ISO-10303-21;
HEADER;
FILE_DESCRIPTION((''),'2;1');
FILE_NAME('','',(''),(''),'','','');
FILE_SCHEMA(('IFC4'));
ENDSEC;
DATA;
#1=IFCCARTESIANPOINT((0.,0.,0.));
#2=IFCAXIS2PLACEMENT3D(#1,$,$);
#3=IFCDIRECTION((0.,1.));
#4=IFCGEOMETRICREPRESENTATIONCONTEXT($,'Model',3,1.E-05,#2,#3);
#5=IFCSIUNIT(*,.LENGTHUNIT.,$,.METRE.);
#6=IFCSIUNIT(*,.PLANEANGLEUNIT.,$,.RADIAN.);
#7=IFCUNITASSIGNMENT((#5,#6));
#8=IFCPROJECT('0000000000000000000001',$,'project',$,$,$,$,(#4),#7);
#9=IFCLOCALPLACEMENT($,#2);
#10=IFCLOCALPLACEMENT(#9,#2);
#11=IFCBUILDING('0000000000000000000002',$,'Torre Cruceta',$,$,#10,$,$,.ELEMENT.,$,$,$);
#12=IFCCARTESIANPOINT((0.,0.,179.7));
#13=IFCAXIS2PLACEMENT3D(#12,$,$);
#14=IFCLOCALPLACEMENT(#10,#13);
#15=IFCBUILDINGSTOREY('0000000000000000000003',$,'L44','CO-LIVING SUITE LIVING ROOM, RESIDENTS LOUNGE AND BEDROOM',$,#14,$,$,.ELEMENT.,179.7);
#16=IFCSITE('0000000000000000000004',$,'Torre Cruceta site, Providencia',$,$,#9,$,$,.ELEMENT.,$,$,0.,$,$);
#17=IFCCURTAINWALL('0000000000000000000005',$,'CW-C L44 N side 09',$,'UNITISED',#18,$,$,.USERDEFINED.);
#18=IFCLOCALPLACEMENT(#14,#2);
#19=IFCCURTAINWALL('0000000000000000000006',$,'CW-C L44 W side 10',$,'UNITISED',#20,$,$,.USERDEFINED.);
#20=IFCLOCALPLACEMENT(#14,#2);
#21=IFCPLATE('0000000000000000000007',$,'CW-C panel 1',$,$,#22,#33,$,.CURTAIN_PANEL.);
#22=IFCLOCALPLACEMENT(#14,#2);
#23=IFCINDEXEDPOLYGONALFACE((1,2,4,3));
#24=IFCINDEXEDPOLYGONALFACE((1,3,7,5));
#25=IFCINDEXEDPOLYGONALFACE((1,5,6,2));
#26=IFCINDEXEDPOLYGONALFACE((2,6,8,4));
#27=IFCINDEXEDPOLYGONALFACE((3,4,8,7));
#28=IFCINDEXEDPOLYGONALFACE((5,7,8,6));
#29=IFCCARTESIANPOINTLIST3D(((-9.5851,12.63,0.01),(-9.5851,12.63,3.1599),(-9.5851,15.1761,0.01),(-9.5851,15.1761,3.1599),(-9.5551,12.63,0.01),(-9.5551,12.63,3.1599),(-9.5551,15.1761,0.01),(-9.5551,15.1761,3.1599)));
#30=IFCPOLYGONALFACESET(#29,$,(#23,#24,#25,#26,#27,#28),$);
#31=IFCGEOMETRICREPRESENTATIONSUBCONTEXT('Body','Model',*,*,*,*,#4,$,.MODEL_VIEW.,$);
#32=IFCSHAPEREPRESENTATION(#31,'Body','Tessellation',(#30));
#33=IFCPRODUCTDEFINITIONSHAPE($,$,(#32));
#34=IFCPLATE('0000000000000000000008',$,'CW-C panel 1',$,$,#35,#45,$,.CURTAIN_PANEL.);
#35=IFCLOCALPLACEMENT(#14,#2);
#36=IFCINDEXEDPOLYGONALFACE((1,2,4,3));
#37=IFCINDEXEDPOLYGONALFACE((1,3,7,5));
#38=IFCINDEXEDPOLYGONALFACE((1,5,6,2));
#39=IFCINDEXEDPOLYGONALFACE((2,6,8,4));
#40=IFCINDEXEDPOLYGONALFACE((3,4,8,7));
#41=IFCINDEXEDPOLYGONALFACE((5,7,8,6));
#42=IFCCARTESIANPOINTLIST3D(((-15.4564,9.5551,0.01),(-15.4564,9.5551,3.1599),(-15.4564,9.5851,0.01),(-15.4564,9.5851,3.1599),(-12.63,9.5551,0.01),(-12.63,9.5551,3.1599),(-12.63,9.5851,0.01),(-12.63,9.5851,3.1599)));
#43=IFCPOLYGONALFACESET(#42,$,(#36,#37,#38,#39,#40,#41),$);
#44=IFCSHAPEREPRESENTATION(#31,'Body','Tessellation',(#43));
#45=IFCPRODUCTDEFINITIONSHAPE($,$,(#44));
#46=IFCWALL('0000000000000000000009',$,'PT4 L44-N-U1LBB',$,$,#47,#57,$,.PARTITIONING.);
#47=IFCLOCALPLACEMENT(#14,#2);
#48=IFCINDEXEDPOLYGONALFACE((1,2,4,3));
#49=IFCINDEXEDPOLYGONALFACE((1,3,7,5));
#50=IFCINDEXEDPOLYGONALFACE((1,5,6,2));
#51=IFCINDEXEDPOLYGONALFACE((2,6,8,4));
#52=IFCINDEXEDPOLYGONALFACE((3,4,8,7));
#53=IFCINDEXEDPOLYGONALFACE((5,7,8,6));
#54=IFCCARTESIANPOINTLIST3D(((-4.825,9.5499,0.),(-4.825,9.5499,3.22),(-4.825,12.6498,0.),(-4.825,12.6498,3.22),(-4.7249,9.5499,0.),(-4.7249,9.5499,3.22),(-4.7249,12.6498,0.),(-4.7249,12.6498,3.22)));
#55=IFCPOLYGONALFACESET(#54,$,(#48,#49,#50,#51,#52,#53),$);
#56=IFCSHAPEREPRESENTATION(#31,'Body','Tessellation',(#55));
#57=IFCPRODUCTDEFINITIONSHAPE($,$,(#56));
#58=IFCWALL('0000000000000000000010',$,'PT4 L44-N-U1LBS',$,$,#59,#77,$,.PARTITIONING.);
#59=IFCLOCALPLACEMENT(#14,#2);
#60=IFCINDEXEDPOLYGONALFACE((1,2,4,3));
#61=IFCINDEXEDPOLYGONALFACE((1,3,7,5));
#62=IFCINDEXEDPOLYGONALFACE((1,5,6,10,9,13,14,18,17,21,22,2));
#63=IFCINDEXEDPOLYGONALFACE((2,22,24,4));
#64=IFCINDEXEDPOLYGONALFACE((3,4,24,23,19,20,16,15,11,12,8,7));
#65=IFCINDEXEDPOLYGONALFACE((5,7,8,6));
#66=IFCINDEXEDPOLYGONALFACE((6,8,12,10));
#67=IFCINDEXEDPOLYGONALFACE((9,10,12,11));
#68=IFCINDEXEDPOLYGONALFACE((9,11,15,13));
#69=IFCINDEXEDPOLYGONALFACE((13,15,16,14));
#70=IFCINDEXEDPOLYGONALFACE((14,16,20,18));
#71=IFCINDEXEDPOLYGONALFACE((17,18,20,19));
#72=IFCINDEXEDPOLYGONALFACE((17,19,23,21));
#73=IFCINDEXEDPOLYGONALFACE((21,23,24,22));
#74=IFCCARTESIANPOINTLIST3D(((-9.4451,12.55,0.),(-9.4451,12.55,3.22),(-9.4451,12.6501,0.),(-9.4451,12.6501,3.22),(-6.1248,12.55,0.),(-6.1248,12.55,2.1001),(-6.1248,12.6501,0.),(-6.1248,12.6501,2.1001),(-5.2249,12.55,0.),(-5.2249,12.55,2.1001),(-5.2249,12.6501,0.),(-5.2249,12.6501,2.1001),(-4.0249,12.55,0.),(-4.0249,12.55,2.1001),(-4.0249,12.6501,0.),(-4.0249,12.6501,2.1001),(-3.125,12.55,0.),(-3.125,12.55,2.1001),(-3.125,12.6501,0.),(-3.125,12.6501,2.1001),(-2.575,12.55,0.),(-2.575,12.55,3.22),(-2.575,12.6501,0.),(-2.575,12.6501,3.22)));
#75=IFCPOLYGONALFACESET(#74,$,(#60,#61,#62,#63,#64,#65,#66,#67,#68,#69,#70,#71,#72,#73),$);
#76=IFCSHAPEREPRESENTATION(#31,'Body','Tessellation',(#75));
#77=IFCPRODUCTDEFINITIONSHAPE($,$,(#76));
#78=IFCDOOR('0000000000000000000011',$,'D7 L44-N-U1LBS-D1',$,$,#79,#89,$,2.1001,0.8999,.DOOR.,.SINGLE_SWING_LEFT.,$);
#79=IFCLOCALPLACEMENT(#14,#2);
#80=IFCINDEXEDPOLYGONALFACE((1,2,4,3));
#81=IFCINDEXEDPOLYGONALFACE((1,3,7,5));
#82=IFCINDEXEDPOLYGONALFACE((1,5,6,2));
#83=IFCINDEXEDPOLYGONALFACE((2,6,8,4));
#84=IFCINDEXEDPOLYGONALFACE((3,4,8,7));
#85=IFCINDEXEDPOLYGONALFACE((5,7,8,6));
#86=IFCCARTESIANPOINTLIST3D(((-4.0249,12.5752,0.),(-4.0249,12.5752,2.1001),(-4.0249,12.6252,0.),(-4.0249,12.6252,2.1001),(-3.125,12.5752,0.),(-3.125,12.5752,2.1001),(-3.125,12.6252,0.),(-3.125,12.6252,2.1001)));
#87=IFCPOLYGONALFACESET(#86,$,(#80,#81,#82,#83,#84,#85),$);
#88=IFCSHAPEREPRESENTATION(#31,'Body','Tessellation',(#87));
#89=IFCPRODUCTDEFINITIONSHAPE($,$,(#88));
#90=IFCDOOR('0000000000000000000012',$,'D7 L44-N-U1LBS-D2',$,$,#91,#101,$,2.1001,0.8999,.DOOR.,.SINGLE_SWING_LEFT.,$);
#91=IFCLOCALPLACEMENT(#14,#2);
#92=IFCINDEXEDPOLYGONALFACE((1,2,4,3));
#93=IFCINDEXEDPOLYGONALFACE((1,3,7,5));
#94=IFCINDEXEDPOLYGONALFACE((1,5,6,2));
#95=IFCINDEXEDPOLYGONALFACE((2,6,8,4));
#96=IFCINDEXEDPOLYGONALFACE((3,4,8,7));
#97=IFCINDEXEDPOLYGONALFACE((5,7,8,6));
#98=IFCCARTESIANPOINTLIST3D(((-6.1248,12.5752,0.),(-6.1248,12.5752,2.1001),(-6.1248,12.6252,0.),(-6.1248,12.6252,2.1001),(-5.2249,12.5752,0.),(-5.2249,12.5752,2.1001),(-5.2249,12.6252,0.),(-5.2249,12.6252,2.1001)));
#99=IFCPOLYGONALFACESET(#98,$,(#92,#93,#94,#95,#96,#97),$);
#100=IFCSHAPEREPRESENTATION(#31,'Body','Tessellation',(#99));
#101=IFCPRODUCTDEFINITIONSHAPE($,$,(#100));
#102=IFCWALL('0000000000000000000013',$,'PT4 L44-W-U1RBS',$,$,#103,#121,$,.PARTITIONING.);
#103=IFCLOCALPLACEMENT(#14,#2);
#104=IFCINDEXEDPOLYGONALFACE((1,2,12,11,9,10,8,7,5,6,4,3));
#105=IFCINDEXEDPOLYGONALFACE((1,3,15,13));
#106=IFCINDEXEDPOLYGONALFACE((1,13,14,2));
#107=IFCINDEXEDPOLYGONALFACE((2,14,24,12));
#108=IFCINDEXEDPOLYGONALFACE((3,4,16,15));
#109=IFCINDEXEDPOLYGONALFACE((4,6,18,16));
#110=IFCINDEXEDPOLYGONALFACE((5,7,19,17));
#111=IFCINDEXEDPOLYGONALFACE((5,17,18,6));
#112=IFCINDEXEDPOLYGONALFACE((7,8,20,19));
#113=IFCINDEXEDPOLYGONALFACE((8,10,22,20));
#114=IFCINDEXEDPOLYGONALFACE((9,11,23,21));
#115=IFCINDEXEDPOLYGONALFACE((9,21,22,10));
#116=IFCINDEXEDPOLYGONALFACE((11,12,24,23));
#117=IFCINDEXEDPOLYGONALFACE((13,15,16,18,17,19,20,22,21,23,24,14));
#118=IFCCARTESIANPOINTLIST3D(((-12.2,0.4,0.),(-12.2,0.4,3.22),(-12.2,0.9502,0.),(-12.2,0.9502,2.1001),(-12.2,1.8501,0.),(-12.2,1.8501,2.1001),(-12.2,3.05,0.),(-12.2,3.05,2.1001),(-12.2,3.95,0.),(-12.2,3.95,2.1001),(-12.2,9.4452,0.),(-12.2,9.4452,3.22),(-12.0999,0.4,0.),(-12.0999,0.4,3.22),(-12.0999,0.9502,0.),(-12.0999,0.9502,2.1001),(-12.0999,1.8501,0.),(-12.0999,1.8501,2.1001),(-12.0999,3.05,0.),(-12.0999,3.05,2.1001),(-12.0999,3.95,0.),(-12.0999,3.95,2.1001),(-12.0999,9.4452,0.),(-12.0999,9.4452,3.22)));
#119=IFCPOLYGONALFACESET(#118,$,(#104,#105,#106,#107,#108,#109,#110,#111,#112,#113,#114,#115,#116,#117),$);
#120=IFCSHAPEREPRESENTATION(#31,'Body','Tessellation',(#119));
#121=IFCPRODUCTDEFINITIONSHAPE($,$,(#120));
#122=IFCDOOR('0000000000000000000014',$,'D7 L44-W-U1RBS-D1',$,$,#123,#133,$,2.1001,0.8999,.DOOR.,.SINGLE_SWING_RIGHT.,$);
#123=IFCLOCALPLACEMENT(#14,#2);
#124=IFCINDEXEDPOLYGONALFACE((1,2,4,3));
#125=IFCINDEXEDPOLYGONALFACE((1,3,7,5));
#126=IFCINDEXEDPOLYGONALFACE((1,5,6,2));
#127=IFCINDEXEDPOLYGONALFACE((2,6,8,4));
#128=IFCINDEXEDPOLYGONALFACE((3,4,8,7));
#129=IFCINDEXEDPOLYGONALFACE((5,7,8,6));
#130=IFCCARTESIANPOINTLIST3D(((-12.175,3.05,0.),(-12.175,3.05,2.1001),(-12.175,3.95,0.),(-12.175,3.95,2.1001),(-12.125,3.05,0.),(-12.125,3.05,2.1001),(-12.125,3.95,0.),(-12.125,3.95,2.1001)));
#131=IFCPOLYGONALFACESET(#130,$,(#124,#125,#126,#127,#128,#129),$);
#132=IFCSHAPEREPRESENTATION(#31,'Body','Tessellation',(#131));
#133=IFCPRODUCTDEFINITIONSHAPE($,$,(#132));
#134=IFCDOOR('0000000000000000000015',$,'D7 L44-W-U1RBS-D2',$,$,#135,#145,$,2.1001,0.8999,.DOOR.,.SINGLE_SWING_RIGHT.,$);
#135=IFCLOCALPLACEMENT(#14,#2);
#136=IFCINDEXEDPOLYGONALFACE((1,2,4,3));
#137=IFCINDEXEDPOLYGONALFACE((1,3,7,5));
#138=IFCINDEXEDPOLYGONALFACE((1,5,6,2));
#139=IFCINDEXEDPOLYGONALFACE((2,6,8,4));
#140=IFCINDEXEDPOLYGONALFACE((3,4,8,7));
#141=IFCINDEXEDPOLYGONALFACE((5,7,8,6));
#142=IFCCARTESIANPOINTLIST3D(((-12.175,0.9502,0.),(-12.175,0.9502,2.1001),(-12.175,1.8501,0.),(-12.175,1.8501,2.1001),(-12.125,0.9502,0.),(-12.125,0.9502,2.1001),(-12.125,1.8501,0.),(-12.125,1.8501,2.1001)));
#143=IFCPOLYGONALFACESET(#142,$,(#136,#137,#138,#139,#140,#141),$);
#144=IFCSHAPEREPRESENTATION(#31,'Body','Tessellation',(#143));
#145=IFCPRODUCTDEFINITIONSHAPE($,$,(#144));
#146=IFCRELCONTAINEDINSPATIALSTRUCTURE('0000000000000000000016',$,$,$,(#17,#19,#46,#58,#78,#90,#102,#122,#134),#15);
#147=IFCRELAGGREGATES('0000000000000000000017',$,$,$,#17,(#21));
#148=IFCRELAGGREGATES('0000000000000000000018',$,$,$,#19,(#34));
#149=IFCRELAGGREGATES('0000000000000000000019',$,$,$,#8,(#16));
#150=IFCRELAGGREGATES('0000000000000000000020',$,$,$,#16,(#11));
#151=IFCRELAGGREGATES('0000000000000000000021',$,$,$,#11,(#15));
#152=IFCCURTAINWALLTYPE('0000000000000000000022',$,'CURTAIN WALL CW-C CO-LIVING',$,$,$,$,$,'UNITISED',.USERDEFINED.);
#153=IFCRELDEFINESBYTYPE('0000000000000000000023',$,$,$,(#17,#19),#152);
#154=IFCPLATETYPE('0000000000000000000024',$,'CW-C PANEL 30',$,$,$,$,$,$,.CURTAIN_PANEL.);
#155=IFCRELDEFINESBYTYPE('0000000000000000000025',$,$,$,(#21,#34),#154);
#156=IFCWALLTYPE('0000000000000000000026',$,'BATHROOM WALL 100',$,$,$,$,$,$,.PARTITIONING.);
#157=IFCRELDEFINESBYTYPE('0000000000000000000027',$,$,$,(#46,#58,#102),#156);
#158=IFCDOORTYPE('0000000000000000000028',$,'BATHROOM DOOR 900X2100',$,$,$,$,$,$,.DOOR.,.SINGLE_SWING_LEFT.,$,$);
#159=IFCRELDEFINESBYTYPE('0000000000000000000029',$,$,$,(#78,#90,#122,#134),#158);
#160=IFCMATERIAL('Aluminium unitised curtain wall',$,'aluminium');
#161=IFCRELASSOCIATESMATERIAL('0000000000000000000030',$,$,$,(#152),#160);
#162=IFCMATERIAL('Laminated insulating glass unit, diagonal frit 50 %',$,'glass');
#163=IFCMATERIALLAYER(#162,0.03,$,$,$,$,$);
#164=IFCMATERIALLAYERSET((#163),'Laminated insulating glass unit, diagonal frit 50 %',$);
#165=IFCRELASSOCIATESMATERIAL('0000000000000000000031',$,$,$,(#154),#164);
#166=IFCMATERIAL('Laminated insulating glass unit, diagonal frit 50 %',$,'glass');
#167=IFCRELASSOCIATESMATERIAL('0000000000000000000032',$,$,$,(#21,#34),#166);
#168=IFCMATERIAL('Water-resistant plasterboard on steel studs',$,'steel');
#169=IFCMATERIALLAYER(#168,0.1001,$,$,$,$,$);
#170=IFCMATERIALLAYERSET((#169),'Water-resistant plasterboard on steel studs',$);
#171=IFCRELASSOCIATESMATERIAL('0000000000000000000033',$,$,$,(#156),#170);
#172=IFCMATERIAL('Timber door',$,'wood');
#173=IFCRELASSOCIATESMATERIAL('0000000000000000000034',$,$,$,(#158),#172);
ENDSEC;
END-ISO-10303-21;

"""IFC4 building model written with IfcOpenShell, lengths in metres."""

from ifc_helpers import new_model, si_unit, direction, frame, frame_2d, origin, origin_2d, place, context, subcontext, project, spatial, rectangle, extrude, material, layer, layer_set, type_object, element, fill, aggregate, save


model = new_model("IFC4")

# Units and contexts
model_context = context("Model", 3, precision=1e-05, world=origin(), true_north=direction((0.0, 1.0)))
body_context = subcontext(model_context, "Body", "Model", "MODEL_VIEW")
ifc_project = project(units=[si_unit("LENGTHUNIT", "METRE"), si_unit("PLANEANGLEUNIT", "RADIAN")], contexts=[model_context])

# Site, building, storey
site_placement = place(None, origin())
site = spatial("IfcSite", under=ifc_project, at=site_placement, Name="Torre Cruceta site, Providencia", CompositionType="ELEMENT", RefElevation=0.0)
building_placement = place(site_placement, origin())
building = spatial("IfcBuilding", under=site, at=building_placement, Name="Torre Cruceta", CompositionType="ELEMENT")
storey_placement = place(building_placement, frame((0.0, 0.0, 179.7)))
storey = spatial("IfcBuildingStorey", under=building, at=storey_placement, Name="L44", Description="CO-LIVING SUITE LIVING ROOM, RESIDENTS LOUNGE AND BEDROOM", CompositionType="ELEMENT", Elevation=179.7)

# Curtain wall
ifc_material_1 = material(Name="Aluminium unitised curtain wall", Category="aluminium")
curtain_wall_type = type_object("IfcCurtainWallType", Name="CURTAIN WALL CW-C CO-LIVING", ElementType="UNITISED", PredefinedType="USERDEFINED", material=ifc_material_1)
curtain_wall_1_placement = place(storey_placement, origin())
curtain_wall_1 = element("IfcCurtainWall", 1, at=curtain_wall_1_placement, inside=storey, type_object=curtain_wall_type, Name="CW-C L44 N side 09", ObjectType="UNITISED", PredefinedType="USERDEFINED")

# Curtain wall
curtain_wall_2_placement = place(storey_placement, origin())
curtain_wall_2 = element("IfcCurtainWall", 2, at=curtain_wall_2_placement, inside=storey, type_object=curtain_wall_type, Name="CW-C L44 W side 10", ObjectType="UNITISED", PredefinedType="USERDEFINED")

# Plates
ifc_material_2 = material(Name="Laminated insulating glass unit, diagonal frit 50 %", Category="glass")
ifc_material_3 = material(Name="Laminated insulating glass unit, diagonal frit 50 %", Category="glass")
ifc_layer_1 = layer(ifc_material_3, 0.03)
ifc_layer_set_1 = layer_set([ifc_layer_1], Name="Laminated insulating glass unit, diagonal frit 50 %")
plate_type = type_object("IfcPlateType", Name="CW-C PANEL 30", PredefinedType="CURTAIN_PANEL", material=ifc_layer_set_1)
plate_1_placement = place(storey_placement, frame((-9.5701, 13.9031, 0.01), z_axis=(0.0, 0.0, 1.0), x_axis=(0.0, -1.0, 0.0)))
plate_1 = element("IfcPlate", 3, at=plate_1_placement, type_object=plate_type, material=ifc_material_2, Name="CW-C panel 1", PredefinedType="CURTAIN_PANEL", context=body_context, shape_type="SweptSolid", body=[
    extrude(rectangle(XDim=2.5461, YDim=0.03, at=origin_2d()), origin(), (0.0, 0.0, 1.0), 3.1499),
])
aggregate(curtain_wall_1, [plate_1])
plate_2_placement = place(storey_placement, frame((-14.0432, 9.5701, 0.01), z_axis=(0.0, 0.0, 1.0), x_axis=(-1.0, 0.0, 0.0)))
plate_2 = element("IfcPlate", 4, at=plate_2_placement, type_object=plate_type, material=ifc_material_2, Name="CW-C panel 1", PredefinedType="CURTAIN_PANEL", context=body_context, shape_type="SweptSolid", body=[
    extrude(rectangle(XDim=2.8264, YDim=0.03, at=origin_2d()), origin(), (0.0, 0.0, 1.0), 3.1499),
])
aggregate(curtain_wall_2, [plate_2])

# Wall
ifc_material_4 = material(Name="Water-resistant plasterboard on steel studs", Category="steel")
ifc_layer_2 = layer(ifc_material_4, 0.1001)
ifc_layer_set_2 = layer_set([ifc_layer_2], Name="Water-resistant plasterboard on steel studs")
wall_type_1 = type_object("IfcWallType", Name="BATHROOM WALL 100", PredefinedType="PARTITIONING", material=ifc_layer_set_2)
wall_1_placement = place(storey_placement, frame((-4.7749, 9.55, 0.0), z_axis=(0.0, 0.0, 1.0), x_axis=(0.0, 1.0, 0.0)))
element("IfcWall", 5, at=wall_1_placement, inside=storey, type_object=wall_type_1, Name="PT4 L44-N-U1LBB", PredefinedType="PARTITIONING", context=body_context, shape_type="SweptSolid", body=[
    extrude(rectangle(XDim=3.0999, YDim=0.1001, at=frame_2d((1.5498, 0.0))), origin(), (0.0, 0.0, 1.0), 3.22),
])

# Walls, openings, doors
wall_2_placement = place(storey_placement, frame((-2.575, 12.6001, 0.0), z_axis=(0.0, 0.0, 1.0), x_axis=(-1.0, 0.0, 0.0)))
wall_2 = element("IfcWall", 6, at=wall_2_placement, inside=storey, type_object=wall_type_1, Name="PT4 L44-N-U1LBS", PredefinedType="PARTITIONING", context=body_context, shape_type="SweptSolid", body=[
    extrude(rectangle(XDim=6.8701, YDim=0.1001, at=frame_2d((3.4351, 0.0))), origin(), (0.0, 0.0, 1.0), 3.22),
])
opening_1_placement = place(wall_2_placement, frame((0.55, 0.0, 0.0)))
opening_1 = element("IfcOpeningElement", 7, at=opening_1_placement, cuts=wall_2, PredefinedType="OPENING", context=body_context, shape_type="SweptSolid", body=[
    extrude(rectangle(XDim=0.8999, YDim=2.1001, at=frame_2d((0.45, 1.05))), frame((0.0, 0.0601, 0.0), z_axis=(0.0, -1.0, 0.0), x_axis=(1.0, 0.0, 0.0)), (0.0, 0.0, 1.0), 0.1201),
])
opening_2_placement = place(wall_2_placement, frame((2.6499, 0.0, 0.0)))
opening_2 = element("IfcOpeningElement", 8, at=opening_2_placement, cuts=wall_2, PredefinedType="OPENING", context=body_context, shape_type="SweptSolid", body=[
    extrude(rectangle(XDim=0.8999, YDim=2.1001, at=frame_2d((0.45, 1.05))), frame((0.0, 0.0601, 0.0), z_axis=(0.0, -1.0, 0.0), x_axis=(1.0, 0.0, 0.0)), (0.0, 0.0, 1.0), 0.1201),
])
ifc_material_5 = material(Name="Timber door", Category="wood")
door_type_1 = type_object("IfcDoorType", Name="BATHROOM DOOR 900X2100", OperationType="SINGLE_SWING_LEFT", PredefinedType="DOOR", material=ifc_material_5)
door_1_placement = place(opening_1_placement, origin())
door_1 = element("IfcDoor", 9, at=door_1_placement, inside=storey, type_object=door_type_1, Name="D7 L44-N-U1LBS-D1", OperationType="SINGLE_SWING_LEFT", OverallHeight=2.1001, OverallWidth=0.8999, PredefinedType="DOOR", context=body_context, shape_type="SweptSolid", body=[
    extrude(rectangle(XDim=0.8999, YDim=2.1001, at=frame_2d((0.45, 1.05))), frame((0.0, 0.0249, 0.0), z_axis=(0.0, -1.0, 0.0), x_axis=(1.0, 0.0, 0.0)), (0.0, 0.0, 1.0), 0.05),
])
fill(opening_1, door_1)
door_2_placement = place(opening_2_placement, origin())
door_2 = element("IfcDoor", 10, at=door_2_placement, inside=storey, type_object=door_type_1, Name="D7 L44-N-U1LBS-D2", OperationType="SINGLE_SWING_LEFT", OverallHeight=2.1001, OverallWidth=0.8999, PredefinedType="DOOR", context=body_context, shape_type="SweptSolid", body=[
    extrude(rectangle(XDim=0.8999, YDim=2.1001, at=frame_2d((0.45, 1.05))), frame((0.0, 0.0249, 0.0), z_axis=(0.0, -1.0, 0.0), x_axis=(1.0, 0.0, 0.0)), (0.0, 0.0, 1.0), 0.05),
])
fill(opening_2, door_2)
wall_3_placement = place(storey_placement, frame((-12.1499, 9.4451, 0.0), z_axis=(0.0, 0.0, 1.0), x_axis=(0.0, -1.0, 0.0)))
wall_3 = element("IfcWall", 11, at=wall_3_placement, inside=storey, type_object=wall_type_1, Name="PT4 L44-W-U1RBS", PredefinedType="PARTITIONING", context=body_context, shape_type="SweptSolid", body=[
    extrude(rectangle(XDim=9.0452, YDim=0.1001, at=frame_2d((4.5225, 0.0))), origin(), (0.0, 0.0, 1.0), 3.22),
])
opening_3_placement = place(wall_3_placement, frame((5.4951, 0.0, 0.0)))
opening_3 = element("IfcOpeningElement", 12, at=opening_3_placement, cuts=wall_3, PredefinedType="OPENING", context=body_context, shape_type="SweptSolid", body=[
    extrude(rectangle(XDim=0.8999, YDim=2.1001, at=frame_2d((0.45, 1.05))), frame((0.0, 0.0601, 0.0), z_axis=(0.0, -1.0, 0.0), x_axis=(1.0, 0.0, 0.0)), (0.0, 0.0, 1.0), 0.1201),
])
opening_4_placement = place(wall_3_placement, frame((7.595, 0.0, 0.0)))
opening_4 = element("IfcOpeningElement", 13, at=opening_4_placement, cuts=wall_3, PredefinedType="OPENING", context=body_context, shape_type="SweptSolid", body=[
    extrude(rectangle(XDim=0.8999, YDim=2.1001, at=frame_2d((0.45, 1.05))), frame((0.0, 0.0601, 0.0), z_axis=(0.0, -1.0, 0.0), x_axis=(1.0, 0.0, 0.0)), (0.0, 0.0, 1.0), 0.1201),
])
door_3_placement = place(opening_3_placement, origin())
door_3 = element("IfcDoor", 14, at=door_3_placement, inside=storey, type_object=door_type_1, Name="D7 L44-W-U1RBS-D1", OperationType="SINGLE_SWING_RIGHT", OverallHeight=2.1001, OverallWidth=0.8999, PredefinedType="DOOR", context=body_context, shape_type="SweptSolid", body=[
    extrude(rectangle(XDim=0.8999, YDim=2.1001, at=frame_2d((0.45, 1.05))), frame((0.0, 0.0249, 0.0), z_axis=(0.0, -1.0, 0.0), x_axis=(1.0, 0.0, 0.0)), (0.0, 0.0, 1.0), 0.05),
])
fill(opening_3, door_3)
door_4_placement = place(opening_4_placement, origin())
door_4 = element("IfcDoor", 15, at=door_4_placement, inside=storey, type_object=door_type_1, Name="D7 L44-W-U1RBS-D2", OperationType="SINGLE_SWING_RIGHT", OverallHeight=2.1001, OverallWidth=0.8999, PredefinedType="DOOR", context=body_context, shape_type="SweptSolid", body=[
    extrude(rectangle(XDim=0.8999, YDim=2.1001, at=frame_2d((0.45, 1.05))), frame((0.0, 0.0249, 0.0), z_axis=(0.0, -1.0, 0.0), x_axis=(1.0, 0.0, 0.0)), (0.0, 0.0, 1.0), 0.05),
])
fill(opening_4, door_4)

save(model, "model.ifc")
